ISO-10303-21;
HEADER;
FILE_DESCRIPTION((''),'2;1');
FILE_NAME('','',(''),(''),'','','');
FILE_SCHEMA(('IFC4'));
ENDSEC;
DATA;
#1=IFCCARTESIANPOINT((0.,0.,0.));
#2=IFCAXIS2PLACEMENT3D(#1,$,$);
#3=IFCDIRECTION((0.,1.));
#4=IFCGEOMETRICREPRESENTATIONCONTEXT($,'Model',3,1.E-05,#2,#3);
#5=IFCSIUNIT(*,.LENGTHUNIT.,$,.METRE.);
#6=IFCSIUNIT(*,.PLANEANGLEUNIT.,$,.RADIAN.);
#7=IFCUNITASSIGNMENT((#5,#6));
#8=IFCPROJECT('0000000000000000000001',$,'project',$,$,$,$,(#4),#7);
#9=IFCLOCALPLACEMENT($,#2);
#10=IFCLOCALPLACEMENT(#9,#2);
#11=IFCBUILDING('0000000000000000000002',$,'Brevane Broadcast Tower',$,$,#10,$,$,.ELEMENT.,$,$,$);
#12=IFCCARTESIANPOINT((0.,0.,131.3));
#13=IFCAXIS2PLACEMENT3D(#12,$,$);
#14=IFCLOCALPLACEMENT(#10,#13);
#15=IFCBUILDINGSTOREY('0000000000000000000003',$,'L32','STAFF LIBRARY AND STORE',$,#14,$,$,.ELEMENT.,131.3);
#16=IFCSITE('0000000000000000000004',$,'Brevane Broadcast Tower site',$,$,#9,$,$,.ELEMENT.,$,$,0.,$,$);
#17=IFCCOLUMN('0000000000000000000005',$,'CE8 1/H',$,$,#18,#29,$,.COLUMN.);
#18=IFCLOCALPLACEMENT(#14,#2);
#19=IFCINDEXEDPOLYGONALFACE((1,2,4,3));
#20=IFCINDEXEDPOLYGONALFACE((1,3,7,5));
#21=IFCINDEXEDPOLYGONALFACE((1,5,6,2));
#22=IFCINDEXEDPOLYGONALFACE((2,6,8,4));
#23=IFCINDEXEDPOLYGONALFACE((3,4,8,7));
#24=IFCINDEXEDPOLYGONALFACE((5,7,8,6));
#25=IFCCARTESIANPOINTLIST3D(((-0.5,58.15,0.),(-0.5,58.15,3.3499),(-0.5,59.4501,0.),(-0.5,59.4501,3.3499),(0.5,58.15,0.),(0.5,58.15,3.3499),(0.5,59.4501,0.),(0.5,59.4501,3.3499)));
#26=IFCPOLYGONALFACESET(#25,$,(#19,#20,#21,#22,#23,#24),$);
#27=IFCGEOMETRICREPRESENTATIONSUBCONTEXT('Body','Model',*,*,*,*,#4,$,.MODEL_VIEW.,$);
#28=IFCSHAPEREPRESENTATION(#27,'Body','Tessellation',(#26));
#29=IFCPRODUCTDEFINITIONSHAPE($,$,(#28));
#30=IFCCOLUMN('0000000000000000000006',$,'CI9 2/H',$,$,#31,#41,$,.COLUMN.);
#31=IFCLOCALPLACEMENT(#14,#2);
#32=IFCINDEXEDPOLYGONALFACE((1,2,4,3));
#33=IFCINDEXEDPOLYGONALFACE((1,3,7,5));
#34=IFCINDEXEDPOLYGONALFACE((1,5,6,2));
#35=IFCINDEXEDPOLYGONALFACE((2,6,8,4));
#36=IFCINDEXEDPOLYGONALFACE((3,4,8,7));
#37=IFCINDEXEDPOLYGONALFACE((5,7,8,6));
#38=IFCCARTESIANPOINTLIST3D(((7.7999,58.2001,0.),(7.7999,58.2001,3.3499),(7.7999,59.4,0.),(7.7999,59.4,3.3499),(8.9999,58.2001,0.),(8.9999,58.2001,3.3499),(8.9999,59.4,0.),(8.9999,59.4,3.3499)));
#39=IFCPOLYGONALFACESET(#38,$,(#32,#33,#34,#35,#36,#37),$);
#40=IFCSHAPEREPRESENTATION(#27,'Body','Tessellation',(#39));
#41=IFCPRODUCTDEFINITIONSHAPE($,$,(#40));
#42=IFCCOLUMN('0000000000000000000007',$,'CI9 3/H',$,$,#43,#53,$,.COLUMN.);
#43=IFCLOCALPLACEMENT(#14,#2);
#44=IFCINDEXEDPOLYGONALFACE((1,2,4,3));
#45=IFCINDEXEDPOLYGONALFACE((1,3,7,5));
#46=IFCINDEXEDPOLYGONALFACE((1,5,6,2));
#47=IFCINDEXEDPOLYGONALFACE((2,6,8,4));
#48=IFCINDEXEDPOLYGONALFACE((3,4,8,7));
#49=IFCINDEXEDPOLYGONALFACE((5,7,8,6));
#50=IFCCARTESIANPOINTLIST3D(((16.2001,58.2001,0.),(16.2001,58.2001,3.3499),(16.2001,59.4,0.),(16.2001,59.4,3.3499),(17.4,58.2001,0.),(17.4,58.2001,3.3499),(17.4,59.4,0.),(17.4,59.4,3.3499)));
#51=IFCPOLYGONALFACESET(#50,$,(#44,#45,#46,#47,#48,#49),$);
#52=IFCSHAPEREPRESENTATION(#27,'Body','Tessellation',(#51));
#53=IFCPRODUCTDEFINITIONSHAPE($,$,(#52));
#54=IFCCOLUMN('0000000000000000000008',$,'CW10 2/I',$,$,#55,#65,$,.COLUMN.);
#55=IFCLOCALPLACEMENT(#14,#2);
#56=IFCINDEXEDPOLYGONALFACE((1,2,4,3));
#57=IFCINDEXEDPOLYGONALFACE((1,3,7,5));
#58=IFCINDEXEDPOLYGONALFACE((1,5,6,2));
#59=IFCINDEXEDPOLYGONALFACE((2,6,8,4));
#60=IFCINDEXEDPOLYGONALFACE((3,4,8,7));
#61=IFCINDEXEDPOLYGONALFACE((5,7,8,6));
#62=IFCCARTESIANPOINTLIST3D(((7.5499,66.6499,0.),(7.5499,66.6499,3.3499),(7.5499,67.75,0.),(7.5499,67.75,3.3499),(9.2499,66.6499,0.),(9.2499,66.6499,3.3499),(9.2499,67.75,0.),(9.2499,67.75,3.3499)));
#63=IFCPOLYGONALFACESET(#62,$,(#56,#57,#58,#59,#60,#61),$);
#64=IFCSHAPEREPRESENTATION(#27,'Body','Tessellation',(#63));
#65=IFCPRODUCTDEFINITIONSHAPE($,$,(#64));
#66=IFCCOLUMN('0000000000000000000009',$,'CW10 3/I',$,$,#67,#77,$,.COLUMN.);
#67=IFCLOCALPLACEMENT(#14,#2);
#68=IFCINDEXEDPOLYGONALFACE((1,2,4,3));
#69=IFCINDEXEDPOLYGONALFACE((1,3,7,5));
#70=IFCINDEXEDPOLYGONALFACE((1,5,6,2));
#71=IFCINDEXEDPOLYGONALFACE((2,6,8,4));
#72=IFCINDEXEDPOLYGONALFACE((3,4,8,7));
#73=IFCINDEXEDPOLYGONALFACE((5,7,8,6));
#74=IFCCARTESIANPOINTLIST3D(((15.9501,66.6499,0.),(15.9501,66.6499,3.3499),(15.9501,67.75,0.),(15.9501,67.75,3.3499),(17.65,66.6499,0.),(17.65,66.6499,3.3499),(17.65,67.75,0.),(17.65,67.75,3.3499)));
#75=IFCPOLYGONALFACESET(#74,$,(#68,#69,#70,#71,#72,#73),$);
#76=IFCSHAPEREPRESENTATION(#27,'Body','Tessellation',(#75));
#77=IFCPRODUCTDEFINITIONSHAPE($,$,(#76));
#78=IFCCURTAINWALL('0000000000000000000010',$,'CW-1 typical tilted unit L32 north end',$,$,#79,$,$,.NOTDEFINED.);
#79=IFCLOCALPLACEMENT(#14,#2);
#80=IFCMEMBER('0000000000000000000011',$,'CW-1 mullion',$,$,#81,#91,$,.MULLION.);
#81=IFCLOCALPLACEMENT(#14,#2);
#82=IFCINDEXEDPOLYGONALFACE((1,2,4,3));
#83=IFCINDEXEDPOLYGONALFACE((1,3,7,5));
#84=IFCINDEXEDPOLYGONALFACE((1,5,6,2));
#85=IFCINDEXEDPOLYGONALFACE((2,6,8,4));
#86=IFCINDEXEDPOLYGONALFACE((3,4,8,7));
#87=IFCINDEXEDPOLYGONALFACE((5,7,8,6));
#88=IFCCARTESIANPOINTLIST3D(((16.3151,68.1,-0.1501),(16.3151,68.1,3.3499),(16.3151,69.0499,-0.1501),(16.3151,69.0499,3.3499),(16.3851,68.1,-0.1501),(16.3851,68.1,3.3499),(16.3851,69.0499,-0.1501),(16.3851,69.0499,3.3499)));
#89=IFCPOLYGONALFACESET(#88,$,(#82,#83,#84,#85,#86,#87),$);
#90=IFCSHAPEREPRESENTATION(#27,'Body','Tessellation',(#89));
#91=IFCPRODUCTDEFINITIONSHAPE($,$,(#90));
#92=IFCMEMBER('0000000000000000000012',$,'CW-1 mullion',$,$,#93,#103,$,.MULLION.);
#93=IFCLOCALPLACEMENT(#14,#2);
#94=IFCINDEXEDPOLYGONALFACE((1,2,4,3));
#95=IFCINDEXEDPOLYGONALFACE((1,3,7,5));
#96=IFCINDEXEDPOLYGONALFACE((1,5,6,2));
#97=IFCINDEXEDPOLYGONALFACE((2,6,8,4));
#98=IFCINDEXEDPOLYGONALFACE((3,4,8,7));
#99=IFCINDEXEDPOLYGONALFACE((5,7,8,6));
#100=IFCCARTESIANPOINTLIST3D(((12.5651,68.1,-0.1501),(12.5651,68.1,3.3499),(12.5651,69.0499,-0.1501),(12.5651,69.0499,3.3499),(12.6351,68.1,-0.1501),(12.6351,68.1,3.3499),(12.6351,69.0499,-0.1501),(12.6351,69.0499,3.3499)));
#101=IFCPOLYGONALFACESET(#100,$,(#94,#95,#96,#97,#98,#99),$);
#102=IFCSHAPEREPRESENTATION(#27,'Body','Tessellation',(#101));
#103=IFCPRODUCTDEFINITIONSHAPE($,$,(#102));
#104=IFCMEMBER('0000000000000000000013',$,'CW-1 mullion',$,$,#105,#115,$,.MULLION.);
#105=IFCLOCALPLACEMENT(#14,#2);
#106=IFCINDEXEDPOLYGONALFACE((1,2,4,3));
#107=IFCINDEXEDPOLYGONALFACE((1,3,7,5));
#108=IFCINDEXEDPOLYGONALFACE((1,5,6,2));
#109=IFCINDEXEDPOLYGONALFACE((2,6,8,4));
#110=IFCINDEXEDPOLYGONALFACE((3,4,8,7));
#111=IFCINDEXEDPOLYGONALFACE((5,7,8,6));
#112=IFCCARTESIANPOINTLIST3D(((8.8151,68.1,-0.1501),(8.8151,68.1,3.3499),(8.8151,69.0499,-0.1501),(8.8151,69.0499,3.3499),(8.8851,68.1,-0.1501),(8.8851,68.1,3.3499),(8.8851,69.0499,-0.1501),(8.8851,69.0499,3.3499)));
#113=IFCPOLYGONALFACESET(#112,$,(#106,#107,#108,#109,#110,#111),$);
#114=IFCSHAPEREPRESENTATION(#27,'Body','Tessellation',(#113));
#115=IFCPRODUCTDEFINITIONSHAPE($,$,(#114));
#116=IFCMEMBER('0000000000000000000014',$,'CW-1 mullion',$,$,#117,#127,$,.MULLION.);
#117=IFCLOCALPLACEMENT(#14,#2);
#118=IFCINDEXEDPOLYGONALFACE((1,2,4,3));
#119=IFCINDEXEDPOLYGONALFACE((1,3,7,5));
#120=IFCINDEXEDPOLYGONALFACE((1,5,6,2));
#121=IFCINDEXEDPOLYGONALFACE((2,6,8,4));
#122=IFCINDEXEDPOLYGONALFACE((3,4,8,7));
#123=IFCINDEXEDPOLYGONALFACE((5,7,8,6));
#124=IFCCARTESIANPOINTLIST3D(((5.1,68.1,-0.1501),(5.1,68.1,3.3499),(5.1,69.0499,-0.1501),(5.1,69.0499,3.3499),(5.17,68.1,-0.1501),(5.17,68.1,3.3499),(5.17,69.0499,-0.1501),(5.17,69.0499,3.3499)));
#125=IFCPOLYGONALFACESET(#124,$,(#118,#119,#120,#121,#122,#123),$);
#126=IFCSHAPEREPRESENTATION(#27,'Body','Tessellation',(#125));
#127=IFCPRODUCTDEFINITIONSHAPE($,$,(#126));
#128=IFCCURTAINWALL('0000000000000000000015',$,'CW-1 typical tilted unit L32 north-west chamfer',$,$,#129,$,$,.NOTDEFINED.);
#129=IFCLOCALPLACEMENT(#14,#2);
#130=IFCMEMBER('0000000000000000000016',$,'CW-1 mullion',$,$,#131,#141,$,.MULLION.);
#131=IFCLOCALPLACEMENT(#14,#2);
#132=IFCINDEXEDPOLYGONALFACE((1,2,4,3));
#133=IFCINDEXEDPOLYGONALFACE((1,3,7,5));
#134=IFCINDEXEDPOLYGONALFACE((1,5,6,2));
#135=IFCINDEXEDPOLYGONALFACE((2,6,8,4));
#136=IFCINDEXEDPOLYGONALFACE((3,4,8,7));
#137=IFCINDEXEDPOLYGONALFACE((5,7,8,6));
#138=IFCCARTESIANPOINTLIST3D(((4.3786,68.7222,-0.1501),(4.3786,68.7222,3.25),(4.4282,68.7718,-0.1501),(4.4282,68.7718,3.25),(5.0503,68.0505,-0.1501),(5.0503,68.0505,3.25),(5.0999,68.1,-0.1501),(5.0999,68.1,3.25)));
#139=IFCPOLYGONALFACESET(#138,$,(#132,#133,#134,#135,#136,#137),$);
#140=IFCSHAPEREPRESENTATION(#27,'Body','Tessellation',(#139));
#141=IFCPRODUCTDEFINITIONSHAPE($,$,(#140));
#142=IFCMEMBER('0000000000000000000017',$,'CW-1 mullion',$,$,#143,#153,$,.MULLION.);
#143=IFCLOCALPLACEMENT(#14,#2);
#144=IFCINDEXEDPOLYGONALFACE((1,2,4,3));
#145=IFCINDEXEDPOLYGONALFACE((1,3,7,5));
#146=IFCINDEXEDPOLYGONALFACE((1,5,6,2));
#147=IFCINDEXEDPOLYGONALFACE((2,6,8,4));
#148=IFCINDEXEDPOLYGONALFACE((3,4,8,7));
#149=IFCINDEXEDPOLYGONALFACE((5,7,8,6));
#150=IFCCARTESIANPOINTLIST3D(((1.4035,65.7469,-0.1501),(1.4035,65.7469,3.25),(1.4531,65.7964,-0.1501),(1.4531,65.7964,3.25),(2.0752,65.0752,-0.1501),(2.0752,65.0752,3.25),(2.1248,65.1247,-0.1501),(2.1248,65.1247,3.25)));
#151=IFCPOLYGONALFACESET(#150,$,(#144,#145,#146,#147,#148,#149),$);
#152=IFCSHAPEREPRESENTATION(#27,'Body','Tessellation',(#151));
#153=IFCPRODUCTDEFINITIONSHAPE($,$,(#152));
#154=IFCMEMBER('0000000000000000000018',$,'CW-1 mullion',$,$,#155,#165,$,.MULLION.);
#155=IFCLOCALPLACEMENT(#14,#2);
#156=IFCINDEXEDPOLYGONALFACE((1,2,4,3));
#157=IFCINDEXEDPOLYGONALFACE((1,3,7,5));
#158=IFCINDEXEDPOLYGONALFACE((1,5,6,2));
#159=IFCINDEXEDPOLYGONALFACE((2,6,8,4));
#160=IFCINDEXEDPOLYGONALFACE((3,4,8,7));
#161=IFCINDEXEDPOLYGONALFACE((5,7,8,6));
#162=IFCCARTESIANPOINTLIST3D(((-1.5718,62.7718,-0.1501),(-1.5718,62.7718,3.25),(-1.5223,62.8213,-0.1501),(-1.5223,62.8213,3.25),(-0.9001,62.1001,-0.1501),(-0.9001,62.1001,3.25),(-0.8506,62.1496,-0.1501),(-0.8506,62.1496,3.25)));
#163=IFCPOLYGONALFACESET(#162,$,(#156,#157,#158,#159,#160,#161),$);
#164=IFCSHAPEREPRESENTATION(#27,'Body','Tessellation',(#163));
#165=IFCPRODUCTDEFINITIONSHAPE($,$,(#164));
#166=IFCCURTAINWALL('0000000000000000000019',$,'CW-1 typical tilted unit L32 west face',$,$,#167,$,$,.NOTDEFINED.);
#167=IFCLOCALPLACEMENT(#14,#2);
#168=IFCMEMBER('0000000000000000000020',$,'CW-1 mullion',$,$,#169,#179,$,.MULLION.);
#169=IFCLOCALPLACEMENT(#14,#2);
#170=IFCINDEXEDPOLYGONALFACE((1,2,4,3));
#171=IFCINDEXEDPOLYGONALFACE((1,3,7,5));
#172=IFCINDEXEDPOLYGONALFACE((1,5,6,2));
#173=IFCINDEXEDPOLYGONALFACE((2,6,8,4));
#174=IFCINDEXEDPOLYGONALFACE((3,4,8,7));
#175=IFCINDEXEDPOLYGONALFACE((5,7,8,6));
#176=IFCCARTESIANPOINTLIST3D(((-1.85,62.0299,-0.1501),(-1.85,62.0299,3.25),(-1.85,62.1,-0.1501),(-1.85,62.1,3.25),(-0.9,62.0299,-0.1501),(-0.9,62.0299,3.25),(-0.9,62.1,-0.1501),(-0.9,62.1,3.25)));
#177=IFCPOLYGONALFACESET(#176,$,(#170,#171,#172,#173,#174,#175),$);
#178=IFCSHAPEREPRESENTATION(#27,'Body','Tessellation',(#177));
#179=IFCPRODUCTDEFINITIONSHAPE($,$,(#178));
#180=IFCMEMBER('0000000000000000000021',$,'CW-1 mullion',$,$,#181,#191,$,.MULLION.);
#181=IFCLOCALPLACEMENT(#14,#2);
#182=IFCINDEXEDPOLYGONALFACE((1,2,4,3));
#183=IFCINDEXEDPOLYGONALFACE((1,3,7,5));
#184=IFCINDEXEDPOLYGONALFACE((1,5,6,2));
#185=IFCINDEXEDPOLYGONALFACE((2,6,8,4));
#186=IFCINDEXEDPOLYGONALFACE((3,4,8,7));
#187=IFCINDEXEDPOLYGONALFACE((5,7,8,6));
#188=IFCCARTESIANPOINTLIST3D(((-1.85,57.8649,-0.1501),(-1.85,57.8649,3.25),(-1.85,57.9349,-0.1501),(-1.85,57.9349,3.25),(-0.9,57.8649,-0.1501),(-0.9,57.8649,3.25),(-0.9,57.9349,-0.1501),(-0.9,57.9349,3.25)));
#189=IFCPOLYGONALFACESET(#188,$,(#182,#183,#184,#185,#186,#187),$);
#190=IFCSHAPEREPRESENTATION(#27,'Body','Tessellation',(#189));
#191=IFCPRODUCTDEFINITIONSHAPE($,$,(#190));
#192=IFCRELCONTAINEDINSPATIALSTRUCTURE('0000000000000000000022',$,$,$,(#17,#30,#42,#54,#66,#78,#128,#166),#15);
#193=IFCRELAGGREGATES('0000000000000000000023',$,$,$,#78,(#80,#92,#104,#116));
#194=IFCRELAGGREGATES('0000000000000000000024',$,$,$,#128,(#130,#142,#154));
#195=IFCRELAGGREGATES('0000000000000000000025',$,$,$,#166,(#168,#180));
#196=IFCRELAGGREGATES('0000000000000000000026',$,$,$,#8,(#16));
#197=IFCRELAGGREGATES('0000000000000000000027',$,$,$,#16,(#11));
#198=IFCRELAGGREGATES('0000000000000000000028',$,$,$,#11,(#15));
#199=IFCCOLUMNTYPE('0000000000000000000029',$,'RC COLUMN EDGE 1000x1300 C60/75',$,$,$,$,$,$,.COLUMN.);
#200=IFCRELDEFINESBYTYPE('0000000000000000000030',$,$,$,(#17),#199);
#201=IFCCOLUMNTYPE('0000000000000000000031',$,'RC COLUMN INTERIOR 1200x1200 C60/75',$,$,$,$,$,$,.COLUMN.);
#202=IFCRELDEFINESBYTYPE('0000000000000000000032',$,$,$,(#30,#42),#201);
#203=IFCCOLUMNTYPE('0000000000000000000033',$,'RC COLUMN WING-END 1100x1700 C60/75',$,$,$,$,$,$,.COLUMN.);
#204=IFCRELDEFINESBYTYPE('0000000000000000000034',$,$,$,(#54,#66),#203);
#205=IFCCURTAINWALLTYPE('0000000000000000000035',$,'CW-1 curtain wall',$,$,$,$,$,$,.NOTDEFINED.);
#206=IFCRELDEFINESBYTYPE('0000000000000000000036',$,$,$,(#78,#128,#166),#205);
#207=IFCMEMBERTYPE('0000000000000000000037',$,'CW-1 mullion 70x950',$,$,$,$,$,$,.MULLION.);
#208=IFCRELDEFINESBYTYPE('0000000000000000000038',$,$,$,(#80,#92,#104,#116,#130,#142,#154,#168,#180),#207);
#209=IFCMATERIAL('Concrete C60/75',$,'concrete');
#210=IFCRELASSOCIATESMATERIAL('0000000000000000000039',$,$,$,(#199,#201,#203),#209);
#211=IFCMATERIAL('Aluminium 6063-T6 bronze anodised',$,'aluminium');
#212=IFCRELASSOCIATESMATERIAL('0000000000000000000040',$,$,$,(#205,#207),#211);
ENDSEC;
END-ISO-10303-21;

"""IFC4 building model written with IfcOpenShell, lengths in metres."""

from ifc_helpers import new_model, si_unit, direction, frame, origin, origin_2d, place, context, subcontext, project, spatial, rectangle, extrude, material, material_profile, profile_set, type_object, element, aggregate, save


model = new_model("IFC4")

# Units and contexts
model_context = context("Model", 3, precision=1e-05, world=origin(), true_north=direction((0.0, 1.0)))
body_context = subcontext(model_context, "Body", "Model", "MODEL_VIEW")
ifc_project = project(units=[si_unit("LENGTHUNIT", "METRE"), si_unit("PLANEANGLEUNIT", "RADIAN")], contexts=[model_context])

# Site, building, storey
site_placement = place(None, origin())
site = spatial("IfcSite", under=ifc_project, at=site_placement, Name="Brevane Broadcast Tower site", CompositionType="ELEMENT", RefElevation=0.0)
building_placement = place(site_placement, origin())
building = spatial("IfcBuilding", under=site, at=building_placement, Name="Brevane Broadcast Tower", CompositionType="ELEMENT")
storey_placement = place(building_placement, frame((0.0, 0.0, 131.3)))
storey = spatial("IfcBuildingStorey", under=building, at=storey_placement, Name="L32", Description="STAFF LIBRARY AND STORE", CompositionType="ELEMENT", Elevation=131.3)

# Columns
ifc_material_1 = material(Name="Concrete C60/75", Category="concrete")
ifc_material_profile_1 = material_profile(ifc_material_1, rectangle(XDim=1.0, YDim=1.3, at=origin_2d()), Name="RC 1000x1300")
ifc_profile_set_1 = profile_set([ifc_material_profile_1], Name="Concrete C60/75")
column_type_1 = type_object("IfcColumnType", Name="RC COLUMN EDGE 1000x1300 C60/75", PredefinedType="COLUMN", material=ifc_profile_set_1)
column_placement = place(storey_placement, frame((0.0, 58.8, 0.0), z_axis=(0.0, 0.0, 1.0), x_axis=(1.0, 0.0, 0.0)))
element("IfcColumn", 1, at=column_placement, inside=storey, type_object=column_type_1, Name="CE8 1/H", PredefinedType="COLUMN", context=body_context, shape_type="SweptSolid", body=[
    extrude(rectangle(XDim=1.0, YDim=1.3, at=origin_2d()), origin(), (0.0, 0.0, 1.0), 3.3499),
])
ifc_material_profile_2 = material_profile(ifc_material_1, rectangle(XDim=1.2, YDim=1.2, at=origin_2d()), Name="RC 1200x1200")
ifc_profile_set_2 = profile_set([ifc_material_profile_2], Name="Concrete C60/75")
column_type_2 = type_object("IfcColumnType", Name="RC COLUMN INTERIOR 1200x1200 C60/75", PredefinedType="COLUMN", material=ifc_profile_set_2)
for number, where, z_axis, x_axis, name in (
    (2, (8.3999, 58.8, 0.0), (0.0, 0.0, 1.0), (1.0, 0.0, 0.0), "CI9 2/H"),
    (3, (16.8, 58.8, 0.0), (0.0, 0.0, 1.0), (1.0, 0.0, 0.0), "CI9 3/H"),
):
    element("IfcColumn", number, at=place(storey_placement, frame(where, z_axis=z_axis, x_axis=x_axis)), inside=storey, type_object=column_type_2, Name=name, PredefinedType="COLUMN", context=body_context, shape_type="SweptSolid", body=[
        extrude(rectangle(XDim=1.2, YDim=1.2, at=origin_2d()), origin(), (0.0, 0.0, 1.0), 3.3499),
    ])
ifc_material_profile_3 = material_profile(ifc_material_1, rectangle(XDim=1.1001, YDim=1.7, at=origin_2d()), Name="RC 1100x1700")
ifc_profile_set_3 = profile_set([ifc_material_profile_3], Name="Concrete C60/75")
column_type_3 = type_object("IfcColumnType", Name="RC COLUMN WING-END 1100x1700 C60/75", PredefinedType="COLUMN", material=ifc_profile_set_3)
for number, where, z_axis, x_axis, name in (
    (4, (8.3999, 67.2, 0.0), (0.0, 0.0, 1.0), (0.0, 1.0, 0.0), "CW10 2/I"),
    (5, (16.8, 67.2, 0.0), (0.0, 0.0, 1.0), (0.0, 1.0, 0.0), "CW10 3/I"),
):
    element("IfcColumn", number, at=place(storey_placement, frame(where, z_axis=z_axis, x_axis=x_axis)), inside=storey, type_object=column_type_3, Name=name, PredefinedType="COLUMN", context=body_context, shape_type="SweptSolid", body=[
        extrude(rectangle(XDim=1.1001, YDim=1.7, at=origin_2d()), origin(), (0.0, 0.0, 1.0), 3.3499),
    ])

# Curtain walls, members
ifc_material_2 = material(Name="Aluminium 6063-T6 bronze anodised", Category="aluminium")
curtain_wall_type = type_object("IfcCurtainWallType", Name="CW-1 curtain wall", PredefinedType="NOTDEFINED", material=ifc_material_2)
curtain_wall_1_placement = place(storey_placement, origin())
curtain_wall_1 = element("IfcCurtainWall", 6, at=curtain_wall_1_placement, inside=storey, type_object=curtain_wall_type, Name="CW-1 typical tilted unit L32 north end", PredefinedType="NOTDEFINED")
ifc_material_profile_4 = material_profile(ifc_material_2, rectangle(XDim=0.95, YDim=0.0701, at=origin_2d()), Name="RECT 70x950")
ifc_profile_set_4 = profile_set([ifc_material_profile_4], Name="Aluminium 6063-T6 bronze anodised")
member_type_1 = type_object("IfcMemberType", Name="CW-1 mullion 70x950", PredefinedType="MULLION", material=ifc_profile_set_4)
member_1_placement = place(storey_placement, frame((16.3501, 68.575, -0.1501), z_axis=(0.0, 0.0, 1.0), x_axis=(0.0, -1.0, 0.0)))
member_1 = element("IfcMember", 7, at=member_1_placement, type_object=member_type_1, Name="CW-1 mullion", PredefinedType="MULLION", context=body_context, shape_type="SweptSolid", body=[
    extrude(rectangle(XDim=0.95, YDim=0.0701, at=origin_2d()), origin(), (0.0, 0.0, 1.0), 3.5),
])
member_2_placement = place(storey_placement, frame((12.6001, 68.575, -0.1501), z_axis=(0.0, 0.0, 1.0), x_axis=(0.0, -1.0, 0.0)))
member_2 = element("IfcMember", 8, at=member_2_placement, type_object=member_type_1, Name="CW-1 mullion", PredefinedType="MULLION", context=body_context, shape_type="SweptSolid", body=[
    extrude(rectangle(XDim=0.95, YDim=0.0701, at=origin_2d()), origin(), (0.0, 0.0, 1.0), 3.5),
])
member_3_placement = place(storey_placement, frame((8.8501, 68.575, -0.1501), z_axis=(0.0, 0.0, 1.0), x_axis=(0.0, -1.0, 0.0)))
member_3 = element("IfcMember", 9, at=member_3_placement, type_object=member_type_1, Name="CW-1 mullion", PredefinedType="MULLION", context=body_context, shape_type="SweptSolid", body=[
    extrude(rectangle(XDim=0.95, YDim=0.0701, at=origin_2d()), origin(), (0.0, 0.0, 1.0), 3.5),
])
member_4_placement = place(storey_placement, frame((5.135, 68.575, -0.1501), z_axis=(0.0, 0.0, 1.0), x_axis=(0.0, -1.0, 0.0)))
member_4 = element("IfcMember", 10, at=member_4_placement, type_object=member_type_1, Name="CW-1 mullion", PredefinedType="MULLION", context=body_context, shape_type="SweptSolid", body=[
    extrude(rectangle(XDim=0.95, YDim=0.0701, at=origin_2d()), origin(), (0.0, 0.0, 1.0), 3.5),
])
aggregate(curtain_wall_1, [member_1, member_2, member_3, member_4])
curtain_wall_2_placement = place(storey_placement, origin())
curtain_wall_2 = element("IfcCurtainWall", 11, at=curtain_wall_2_placement, inside=storey, type_object=curtain_wall_type, Name="CW-1 typical tilted unit L32 north-west chamfer", PredefinedType="NOTDEFINED")
member_5_placement = place(storey_placement, frame((4.7393, 68.4111, -0.1501), z_axis=(0.0, 0.0, 1.0), x_axis=(0.707107, -0.707107, 0.0)))
member_5 = element("IfcMember", 12, at=member_5_placement, type_object=member_type_1, Name="CW-1 mullion", PredefinedType="MULLION", context=body_context, shape_type="SweptSolid", body=[
    extrude(rectangle(XDim=0.95, YDim=0.0701, at=origin_2d()), origin(), (0.0, 0.0, 1.0), 3.4001),
])
member_6_placement = place(storey_placement, frame((1.7642, 65.4358, -0.1501), z_axis=(0.0, 0.0, 1.0), x_axis=(0.707107, -0.707107, 0.0)))
member_6 = element("IfcMember", 13, at=member_6_placement, type_object=member_type_1, Name="CW-1 mullion", PredefinedType="MULLION", context=body_context, shape_type="SweptSolid", body=[
    extrude(rectangle(XDim=0.95, YDim=0.0701, at=origin_2d()), origin(), (0.0, 0.0, 1.0), 3.4001),
])
member_7_placement = place(storey_placement, frame((-1.2112, 62.4607, -0.1501), z_axis=(0.0, 0.0, 1.0), x_axis=(0.707107, -0.707107, 0.0)))
member_7 = element("IfcMember", 14, at=member_7_placement, type_object=member_type_1, Name="CW-1 mullion", PredefinedType="MULLION", context=body_context, shape_type="SweptSolid", body=[
    extrude(rectangle(XDim=0.95, YDim=0.0701, at=origin_2d()), origin(), (0.0, 0.0, 1.0), 3.4001),
])
curtain_wall_3_placement = place(storey_placement, origin())
curtain_wall_3 = element("IfcCurtainWall", 15, at=curtain_wall_3_placement, inside=storey, type_object=curtain_wall_type, Name="CW-1 typical tilted unit L32 west face", PredefinedType="NOTDEFINED")
member_8_placement = place(storey_placement, frame((-1.375, 62.0649, -0.1501), z_axis=(0.0, 0.0, 1.0), x_axis=(1.0, 0.0, 0.0)))
member_8 = element("IfcMember", 16, at=member_8_placement, type_object=member_type_1, Name="CW-1 mullion", PredefinedType="MULLION", context=body_context, shape_type="SweptSolid", body=[
    extrude(rectangle(XDim=0.95, YDim=0.0701, at=origin_2d()), origin(), (0.0, 0.0, 1.0), 3.4001),
])
member_9_placement = place(storey_placement, frame((-1.375, 57.8999, -0.1501), z_axis=(0.0, 0.0, 1.0), x_axis=(1.0, 0.0, 0.0)))
member_9 = element("IfcMember", 17, at=member_9_placement, type_object=member_type_1, Name="CW-1 mullion", PredefinedType="MULLION", context=body_context, shape_type="SweptSolid", body=[
    extrude(rectangle(XDim=0.95, YDim=0.0701, at=origin_2d()), origin(), (0.0, 0.0, 1.0), 3.4001),
])

aggregate(curtain_wall_2, [member_5, member_6, member_7])
aggregate(curtain_wall_3, [member_8, member_9])

save(model, "model.ifc")
